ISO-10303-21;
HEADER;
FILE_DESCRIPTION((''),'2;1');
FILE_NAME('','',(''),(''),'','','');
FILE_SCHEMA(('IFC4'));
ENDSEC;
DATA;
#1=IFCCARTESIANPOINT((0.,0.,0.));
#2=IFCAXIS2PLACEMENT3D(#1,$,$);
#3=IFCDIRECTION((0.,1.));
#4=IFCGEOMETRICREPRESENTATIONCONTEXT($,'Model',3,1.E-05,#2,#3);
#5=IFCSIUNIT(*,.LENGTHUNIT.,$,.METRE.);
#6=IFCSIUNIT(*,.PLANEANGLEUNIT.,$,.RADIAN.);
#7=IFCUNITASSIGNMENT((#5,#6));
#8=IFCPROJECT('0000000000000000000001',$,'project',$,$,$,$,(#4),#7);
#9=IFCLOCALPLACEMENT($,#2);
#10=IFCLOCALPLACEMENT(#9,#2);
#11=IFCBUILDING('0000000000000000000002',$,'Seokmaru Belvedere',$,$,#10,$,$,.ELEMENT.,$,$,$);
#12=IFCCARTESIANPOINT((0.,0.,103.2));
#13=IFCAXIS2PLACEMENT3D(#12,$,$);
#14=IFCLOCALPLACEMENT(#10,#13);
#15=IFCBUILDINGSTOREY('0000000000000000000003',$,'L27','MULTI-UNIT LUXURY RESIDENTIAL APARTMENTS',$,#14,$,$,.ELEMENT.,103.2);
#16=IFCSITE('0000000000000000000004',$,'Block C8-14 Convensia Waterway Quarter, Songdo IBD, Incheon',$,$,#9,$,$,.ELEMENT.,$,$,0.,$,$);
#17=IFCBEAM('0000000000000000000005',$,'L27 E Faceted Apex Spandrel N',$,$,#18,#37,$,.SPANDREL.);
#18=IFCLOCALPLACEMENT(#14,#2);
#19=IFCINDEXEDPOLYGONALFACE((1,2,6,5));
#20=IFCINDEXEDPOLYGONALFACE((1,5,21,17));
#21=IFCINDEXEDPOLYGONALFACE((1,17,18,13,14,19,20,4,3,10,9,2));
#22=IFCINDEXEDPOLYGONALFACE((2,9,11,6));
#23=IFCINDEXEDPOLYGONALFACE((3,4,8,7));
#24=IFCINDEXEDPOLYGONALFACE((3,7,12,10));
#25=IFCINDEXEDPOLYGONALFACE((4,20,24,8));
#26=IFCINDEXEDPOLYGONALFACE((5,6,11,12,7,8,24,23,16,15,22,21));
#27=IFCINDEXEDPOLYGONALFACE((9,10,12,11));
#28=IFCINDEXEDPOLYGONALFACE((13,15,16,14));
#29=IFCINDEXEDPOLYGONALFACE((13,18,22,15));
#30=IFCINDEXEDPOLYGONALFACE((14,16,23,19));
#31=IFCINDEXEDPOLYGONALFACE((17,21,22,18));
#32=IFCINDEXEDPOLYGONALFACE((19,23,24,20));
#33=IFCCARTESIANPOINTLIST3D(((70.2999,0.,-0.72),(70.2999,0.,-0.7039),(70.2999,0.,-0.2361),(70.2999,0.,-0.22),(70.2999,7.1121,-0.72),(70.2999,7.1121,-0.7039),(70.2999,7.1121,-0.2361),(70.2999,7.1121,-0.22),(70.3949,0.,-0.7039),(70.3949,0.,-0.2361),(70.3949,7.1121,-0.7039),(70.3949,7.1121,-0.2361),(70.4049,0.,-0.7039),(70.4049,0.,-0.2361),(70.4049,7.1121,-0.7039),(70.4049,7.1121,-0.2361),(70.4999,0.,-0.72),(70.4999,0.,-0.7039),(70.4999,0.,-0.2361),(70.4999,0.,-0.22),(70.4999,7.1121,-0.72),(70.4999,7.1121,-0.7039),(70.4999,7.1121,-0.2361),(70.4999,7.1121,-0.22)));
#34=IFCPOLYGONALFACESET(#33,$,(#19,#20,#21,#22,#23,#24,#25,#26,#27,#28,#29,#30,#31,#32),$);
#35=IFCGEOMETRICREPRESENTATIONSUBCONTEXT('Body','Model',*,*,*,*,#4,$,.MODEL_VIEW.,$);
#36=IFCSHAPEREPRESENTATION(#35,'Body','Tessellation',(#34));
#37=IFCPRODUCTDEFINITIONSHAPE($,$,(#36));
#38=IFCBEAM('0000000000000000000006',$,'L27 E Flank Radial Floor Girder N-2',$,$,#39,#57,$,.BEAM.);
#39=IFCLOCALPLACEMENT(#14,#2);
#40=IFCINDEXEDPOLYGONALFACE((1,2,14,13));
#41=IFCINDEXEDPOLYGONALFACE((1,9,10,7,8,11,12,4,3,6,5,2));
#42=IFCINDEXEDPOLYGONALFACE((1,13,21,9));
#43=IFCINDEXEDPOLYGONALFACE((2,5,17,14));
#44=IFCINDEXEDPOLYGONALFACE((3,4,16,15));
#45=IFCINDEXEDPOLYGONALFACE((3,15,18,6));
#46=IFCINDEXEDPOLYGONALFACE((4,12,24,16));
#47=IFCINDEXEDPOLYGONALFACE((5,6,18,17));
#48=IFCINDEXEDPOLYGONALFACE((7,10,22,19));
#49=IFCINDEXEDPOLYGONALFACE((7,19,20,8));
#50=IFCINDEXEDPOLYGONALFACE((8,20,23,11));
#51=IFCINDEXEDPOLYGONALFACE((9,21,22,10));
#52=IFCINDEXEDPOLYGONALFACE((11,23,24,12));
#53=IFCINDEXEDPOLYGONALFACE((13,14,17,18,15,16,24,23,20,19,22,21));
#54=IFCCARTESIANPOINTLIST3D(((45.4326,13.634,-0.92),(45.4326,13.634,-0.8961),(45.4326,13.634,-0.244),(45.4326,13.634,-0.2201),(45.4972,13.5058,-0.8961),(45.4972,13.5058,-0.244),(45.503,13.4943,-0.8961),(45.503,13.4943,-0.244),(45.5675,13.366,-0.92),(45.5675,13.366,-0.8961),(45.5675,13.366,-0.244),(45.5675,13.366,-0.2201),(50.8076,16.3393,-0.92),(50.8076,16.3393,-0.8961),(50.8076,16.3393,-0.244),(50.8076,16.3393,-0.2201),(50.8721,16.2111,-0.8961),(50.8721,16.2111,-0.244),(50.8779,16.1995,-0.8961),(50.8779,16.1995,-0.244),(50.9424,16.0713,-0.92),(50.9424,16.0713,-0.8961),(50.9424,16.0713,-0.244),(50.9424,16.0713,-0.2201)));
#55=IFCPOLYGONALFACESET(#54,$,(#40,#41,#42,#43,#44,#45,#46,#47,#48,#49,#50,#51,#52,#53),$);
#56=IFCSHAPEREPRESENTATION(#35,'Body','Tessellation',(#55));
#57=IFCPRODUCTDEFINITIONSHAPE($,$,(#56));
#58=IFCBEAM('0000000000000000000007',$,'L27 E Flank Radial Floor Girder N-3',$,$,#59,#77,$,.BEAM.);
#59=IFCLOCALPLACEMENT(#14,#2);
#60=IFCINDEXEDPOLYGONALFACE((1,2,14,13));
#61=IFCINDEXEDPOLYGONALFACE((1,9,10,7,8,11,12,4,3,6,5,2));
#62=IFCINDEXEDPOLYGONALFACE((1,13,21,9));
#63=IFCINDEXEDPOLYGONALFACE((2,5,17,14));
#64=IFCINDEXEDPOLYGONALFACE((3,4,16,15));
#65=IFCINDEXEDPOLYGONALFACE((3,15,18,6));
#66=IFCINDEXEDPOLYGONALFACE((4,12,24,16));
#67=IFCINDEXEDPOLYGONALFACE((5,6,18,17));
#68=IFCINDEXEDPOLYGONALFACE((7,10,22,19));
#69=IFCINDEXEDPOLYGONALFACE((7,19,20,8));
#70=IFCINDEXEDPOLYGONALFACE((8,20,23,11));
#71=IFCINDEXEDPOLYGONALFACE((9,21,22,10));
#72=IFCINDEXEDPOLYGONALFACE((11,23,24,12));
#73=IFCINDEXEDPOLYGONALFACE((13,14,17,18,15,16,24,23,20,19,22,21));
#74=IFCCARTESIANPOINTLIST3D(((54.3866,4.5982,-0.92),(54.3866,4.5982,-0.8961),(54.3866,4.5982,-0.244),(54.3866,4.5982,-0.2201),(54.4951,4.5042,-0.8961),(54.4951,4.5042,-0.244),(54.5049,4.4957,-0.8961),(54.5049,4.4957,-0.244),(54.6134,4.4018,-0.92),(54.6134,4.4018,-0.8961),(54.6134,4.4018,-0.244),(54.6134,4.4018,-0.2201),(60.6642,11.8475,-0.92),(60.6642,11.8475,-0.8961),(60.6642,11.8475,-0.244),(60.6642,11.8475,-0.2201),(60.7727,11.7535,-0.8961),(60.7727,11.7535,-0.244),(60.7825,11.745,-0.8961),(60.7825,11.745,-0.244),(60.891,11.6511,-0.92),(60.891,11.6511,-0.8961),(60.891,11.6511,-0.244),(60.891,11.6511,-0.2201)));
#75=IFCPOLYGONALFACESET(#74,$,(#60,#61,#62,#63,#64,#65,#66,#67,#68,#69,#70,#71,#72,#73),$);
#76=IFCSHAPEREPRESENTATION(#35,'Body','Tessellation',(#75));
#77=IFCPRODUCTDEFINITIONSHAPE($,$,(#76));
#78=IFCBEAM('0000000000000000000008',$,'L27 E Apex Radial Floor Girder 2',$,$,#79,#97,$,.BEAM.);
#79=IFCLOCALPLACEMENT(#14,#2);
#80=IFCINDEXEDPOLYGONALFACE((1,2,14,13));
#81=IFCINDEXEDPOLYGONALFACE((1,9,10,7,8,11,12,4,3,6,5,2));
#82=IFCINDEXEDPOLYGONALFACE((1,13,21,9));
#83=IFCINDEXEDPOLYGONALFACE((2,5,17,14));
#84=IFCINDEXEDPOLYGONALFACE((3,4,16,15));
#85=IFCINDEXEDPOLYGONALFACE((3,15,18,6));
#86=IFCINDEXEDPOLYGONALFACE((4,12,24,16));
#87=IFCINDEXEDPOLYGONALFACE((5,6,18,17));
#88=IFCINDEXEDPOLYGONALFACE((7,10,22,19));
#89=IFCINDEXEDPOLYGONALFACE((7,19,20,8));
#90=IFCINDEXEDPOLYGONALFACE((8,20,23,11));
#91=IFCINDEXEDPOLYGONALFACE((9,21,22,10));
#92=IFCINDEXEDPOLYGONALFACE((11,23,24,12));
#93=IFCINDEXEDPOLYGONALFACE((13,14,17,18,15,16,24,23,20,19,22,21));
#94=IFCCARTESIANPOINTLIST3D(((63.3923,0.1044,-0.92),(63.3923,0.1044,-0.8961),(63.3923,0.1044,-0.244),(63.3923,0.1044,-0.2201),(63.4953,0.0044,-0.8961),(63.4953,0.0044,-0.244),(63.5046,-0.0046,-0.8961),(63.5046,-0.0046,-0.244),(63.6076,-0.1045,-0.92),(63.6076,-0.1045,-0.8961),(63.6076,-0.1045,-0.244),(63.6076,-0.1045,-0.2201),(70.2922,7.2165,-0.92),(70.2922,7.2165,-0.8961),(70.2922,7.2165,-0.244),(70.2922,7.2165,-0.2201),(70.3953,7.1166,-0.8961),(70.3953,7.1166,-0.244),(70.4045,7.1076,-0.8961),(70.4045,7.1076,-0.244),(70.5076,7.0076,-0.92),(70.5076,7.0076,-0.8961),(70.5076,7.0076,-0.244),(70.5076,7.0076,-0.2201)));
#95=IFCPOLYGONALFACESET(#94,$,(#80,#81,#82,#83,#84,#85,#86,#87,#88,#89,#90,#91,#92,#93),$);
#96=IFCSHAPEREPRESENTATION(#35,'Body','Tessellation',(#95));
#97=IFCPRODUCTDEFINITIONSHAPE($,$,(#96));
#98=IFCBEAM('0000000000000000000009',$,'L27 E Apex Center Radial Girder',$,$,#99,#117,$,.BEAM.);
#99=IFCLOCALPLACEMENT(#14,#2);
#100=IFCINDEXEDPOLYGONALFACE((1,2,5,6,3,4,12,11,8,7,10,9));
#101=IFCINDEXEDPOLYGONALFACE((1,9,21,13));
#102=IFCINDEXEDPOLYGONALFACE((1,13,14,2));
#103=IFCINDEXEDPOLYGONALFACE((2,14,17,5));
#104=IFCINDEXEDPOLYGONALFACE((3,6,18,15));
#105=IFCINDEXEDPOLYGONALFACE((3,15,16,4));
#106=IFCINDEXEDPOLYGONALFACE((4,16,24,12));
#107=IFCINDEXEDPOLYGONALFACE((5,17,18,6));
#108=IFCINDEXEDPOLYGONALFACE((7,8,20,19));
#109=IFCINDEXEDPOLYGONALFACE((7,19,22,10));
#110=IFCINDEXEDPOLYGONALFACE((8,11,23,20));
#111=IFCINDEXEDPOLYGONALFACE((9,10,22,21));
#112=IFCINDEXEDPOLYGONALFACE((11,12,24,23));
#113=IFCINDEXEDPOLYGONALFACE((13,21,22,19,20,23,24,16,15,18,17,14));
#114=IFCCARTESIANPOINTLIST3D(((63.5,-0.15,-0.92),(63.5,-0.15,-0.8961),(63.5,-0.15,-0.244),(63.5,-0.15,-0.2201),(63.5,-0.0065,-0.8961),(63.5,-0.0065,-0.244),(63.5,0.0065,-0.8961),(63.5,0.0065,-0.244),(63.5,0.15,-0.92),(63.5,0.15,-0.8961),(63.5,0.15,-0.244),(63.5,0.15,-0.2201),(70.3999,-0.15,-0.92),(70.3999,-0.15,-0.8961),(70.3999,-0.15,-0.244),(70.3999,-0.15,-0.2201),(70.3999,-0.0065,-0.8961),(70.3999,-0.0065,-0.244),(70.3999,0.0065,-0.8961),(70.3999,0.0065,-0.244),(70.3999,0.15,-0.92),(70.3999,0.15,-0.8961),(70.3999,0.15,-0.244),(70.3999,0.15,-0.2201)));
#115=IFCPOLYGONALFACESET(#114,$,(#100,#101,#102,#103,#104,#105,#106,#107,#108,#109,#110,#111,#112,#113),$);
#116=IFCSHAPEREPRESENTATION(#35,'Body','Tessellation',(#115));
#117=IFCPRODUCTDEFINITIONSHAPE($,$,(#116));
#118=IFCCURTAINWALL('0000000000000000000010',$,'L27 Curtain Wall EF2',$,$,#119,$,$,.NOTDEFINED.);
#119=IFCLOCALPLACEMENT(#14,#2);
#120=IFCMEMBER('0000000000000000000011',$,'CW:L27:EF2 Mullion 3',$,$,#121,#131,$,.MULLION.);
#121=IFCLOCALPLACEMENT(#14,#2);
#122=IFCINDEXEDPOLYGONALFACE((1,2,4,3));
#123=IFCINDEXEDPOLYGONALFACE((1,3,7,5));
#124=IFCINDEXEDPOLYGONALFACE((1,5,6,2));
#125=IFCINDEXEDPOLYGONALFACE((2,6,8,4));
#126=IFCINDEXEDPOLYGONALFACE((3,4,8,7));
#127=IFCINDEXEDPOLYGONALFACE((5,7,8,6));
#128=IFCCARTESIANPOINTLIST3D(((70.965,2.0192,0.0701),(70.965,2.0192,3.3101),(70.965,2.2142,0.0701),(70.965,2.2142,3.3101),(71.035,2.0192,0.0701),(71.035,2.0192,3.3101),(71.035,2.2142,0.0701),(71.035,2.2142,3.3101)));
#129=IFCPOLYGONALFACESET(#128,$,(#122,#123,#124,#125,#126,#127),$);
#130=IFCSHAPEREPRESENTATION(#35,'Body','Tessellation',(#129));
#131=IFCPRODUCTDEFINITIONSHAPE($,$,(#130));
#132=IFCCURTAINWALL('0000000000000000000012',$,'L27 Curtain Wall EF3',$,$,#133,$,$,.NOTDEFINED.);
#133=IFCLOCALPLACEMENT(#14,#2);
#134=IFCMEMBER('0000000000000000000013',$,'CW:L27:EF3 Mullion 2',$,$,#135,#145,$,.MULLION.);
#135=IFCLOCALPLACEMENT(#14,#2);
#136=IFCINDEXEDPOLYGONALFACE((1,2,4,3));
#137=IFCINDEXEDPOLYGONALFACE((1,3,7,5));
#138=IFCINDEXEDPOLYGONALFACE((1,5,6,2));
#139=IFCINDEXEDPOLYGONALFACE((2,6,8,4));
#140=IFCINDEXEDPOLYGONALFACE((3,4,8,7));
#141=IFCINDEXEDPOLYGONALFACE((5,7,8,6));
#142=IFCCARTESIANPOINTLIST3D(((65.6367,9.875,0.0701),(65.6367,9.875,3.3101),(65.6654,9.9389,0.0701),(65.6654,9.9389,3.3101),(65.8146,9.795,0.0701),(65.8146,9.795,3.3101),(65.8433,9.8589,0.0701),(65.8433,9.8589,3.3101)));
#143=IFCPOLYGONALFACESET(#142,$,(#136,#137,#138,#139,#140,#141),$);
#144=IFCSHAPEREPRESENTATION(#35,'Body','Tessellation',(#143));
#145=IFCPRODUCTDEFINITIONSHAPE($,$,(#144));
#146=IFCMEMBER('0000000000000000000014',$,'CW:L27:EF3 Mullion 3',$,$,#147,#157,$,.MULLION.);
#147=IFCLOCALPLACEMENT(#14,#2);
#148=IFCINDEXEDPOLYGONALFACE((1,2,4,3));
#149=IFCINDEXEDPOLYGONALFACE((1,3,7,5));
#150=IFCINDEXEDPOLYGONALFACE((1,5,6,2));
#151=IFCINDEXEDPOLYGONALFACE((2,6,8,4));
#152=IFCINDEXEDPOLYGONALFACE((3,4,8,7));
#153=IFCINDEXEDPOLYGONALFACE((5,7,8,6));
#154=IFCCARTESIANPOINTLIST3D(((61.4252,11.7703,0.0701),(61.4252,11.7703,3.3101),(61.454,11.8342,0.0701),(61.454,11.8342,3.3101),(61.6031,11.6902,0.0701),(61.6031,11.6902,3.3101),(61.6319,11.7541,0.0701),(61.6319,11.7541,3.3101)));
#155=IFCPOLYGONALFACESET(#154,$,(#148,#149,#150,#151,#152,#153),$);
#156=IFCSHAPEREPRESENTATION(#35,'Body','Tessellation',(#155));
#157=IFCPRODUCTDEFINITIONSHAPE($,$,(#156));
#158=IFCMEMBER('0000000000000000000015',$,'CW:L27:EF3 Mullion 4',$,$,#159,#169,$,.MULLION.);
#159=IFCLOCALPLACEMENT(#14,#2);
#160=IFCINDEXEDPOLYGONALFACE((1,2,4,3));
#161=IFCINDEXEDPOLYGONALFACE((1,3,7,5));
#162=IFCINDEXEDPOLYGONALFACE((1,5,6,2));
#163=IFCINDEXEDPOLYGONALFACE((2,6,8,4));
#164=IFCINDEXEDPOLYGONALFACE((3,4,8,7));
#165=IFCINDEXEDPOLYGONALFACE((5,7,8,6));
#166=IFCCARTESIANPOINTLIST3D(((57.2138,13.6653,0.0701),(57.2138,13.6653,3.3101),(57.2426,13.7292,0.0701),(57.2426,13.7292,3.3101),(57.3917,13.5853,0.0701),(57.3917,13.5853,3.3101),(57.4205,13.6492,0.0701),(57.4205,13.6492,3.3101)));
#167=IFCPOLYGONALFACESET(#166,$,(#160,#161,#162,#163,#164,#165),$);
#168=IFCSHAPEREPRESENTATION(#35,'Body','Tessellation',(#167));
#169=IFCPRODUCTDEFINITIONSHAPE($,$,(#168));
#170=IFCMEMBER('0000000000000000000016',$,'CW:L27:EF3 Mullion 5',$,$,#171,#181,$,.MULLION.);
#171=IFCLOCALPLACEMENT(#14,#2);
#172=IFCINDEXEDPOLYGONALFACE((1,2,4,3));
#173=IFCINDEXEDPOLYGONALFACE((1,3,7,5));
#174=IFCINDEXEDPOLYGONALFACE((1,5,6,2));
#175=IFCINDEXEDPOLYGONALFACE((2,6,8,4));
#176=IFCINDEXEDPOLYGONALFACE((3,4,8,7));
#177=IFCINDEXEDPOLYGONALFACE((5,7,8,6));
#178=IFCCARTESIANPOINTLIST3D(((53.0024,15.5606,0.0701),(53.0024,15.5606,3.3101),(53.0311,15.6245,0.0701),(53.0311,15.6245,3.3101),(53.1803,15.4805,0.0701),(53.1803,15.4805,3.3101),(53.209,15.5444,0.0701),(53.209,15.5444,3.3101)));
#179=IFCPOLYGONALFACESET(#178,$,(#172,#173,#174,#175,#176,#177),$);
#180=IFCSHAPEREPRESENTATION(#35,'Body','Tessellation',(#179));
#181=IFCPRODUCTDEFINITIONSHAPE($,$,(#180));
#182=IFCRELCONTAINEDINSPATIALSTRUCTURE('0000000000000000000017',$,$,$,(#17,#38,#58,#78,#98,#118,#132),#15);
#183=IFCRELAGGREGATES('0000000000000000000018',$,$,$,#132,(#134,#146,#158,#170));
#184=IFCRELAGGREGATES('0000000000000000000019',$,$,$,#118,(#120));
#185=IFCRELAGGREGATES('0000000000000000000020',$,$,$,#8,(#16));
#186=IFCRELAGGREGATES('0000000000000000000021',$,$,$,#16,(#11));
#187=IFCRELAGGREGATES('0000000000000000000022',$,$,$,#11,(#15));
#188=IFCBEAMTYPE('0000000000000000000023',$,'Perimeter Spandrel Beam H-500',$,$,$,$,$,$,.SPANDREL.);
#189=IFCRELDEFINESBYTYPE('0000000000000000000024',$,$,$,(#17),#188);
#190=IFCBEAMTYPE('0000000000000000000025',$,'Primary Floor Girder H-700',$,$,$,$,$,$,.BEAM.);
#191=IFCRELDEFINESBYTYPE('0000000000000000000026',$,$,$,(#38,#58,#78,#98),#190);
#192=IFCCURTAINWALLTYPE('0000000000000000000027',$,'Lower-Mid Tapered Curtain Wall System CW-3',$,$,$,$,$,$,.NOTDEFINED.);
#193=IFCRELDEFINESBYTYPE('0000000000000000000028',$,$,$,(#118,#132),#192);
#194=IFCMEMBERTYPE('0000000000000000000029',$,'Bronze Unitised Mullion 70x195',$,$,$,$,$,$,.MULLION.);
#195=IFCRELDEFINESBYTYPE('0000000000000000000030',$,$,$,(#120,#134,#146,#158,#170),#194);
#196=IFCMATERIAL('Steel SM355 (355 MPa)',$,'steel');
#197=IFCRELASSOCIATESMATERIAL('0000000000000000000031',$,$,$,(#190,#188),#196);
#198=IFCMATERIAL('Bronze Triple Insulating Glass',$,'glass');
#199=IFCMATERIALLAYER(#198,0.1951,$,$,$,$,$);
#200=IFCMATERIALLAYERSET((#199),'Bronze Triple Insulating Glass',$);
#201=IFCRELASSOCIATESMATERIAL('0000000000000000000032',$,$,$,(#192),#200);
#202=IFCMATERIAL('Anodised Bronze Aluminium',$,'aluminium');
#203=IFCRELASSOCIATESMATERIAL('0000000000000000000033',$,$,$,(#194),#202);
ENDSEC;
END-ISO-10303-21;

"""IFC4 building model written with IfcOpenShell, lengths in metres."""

from ifc_helpers import new_model, si_unit, direction, frame, origin, origin_2d, place, context, subcontext, project, spatial, rectangle, i_section, extrude, source, transform, mapped, material, layer, layer_set, material_profile, profile_set, type_object, element, aggregate, save


model = new_model("IFC4")

# Units and contexts
model_context = context("Model", 3, precision=1e-05, world=origin(), true_north=direction((0.0, 1.0)))
body_context = subcontext(model_context, "Body", "Model", "MODEL_VIEW")
ifc_project = project(units=[si_unit("LENGTHUNIT", "METRE"), si_unit("PLANEANGLEUNIT", "RADIAN")], contexts=[model_context])

# Site, building, storey
site_placement = place(None, origin())
site = spatial("IfcSite", under=ifc_project, at=site_placement, Name="Block C8-14 Convensia Waterway Quarter, Songdo IBD, Incheon", CompositionType="ELEMENT", RefElevation=0.0)
building_placement = place(site_placement, origin())
building = spatial("IfcBuilding", under=site, at=building_placement, Name="Seokmaru Belvedere", CompositionType="ELEMENT")
storey_placement = place(building_placement, frame((0.0, 0.0, 103.2)))
storey = spatial("IfcBuildingStorey", under=building, at=storey_placement, Name="L27", Description="MULTI-UNIT LUXURY RESIDENTIAL APARTMENTS", CompositionType="ELEMENT", Elevation=103.2)

# Shared definitions
ifc_material_1 = material(Name="Steel SM355 (355 MPa)", Category="steel")

# Beams
ifc_material_profile_1 = material_profile(ifc_material_1, i_section(OverallWidth=0.3, OverallDepth=0.7, WebThickness=0.0129, FlangeThickness=0.0239, at=origin_2d()), Name="H-700x300x13x24")
ifc_profile_set_1 = profile_set([ifc_material_profile_1], Name="Steel SM355 (355 MPa)")
beam_type_1 = type_object("IfcBeamType", Name="Primary Floor Girder H-700", PredefinedType="BEAM", material=ifc_profile_set_1)
ifc_material_profile_2 = material_profile(ifc_material_1, i_section(OverallWidth=0.2, OverallDepth=0.5, WebThickness=0.01, FlangeThickness=0.0161, at=origin_2d()), Name="H-500x200x10x16")
ifc_profile_set_2 = profile_set([ifc_material_profile_2], Name="Steel SM355 (355 MPa)")
beam_type_2 = type_object("IfcBeamType", Name="Perimeter Spandrel Beam H-500", PredefinedType="SPANDREL", material=ifc_profile_set_2)
shared_shape_1 = source(origin(), body_context, "Body", "SweptSolid", [
    extrude(i_section(OverallWidth=0.2, OverallDepth=0.5, WebThickness=0.01, FlangeThickness=0.0161, at=origin_2d()), origin(), (0.0, 0.0, 1.0), 7.1121),
])
beam_1_placement = place(storey_placement, frame((70.3999, 0.0, -0.47), z_axis=(0.0, 1.0, 0.0), x_axis=(-1.0, 0.0, 0.0)))
element("IfcBeam", 1, at=beam_1_placement, inside=storey, type_object=beam_type_2, Name="L27 E Faceted Apex Spandrel N", PredefinedType="SPANDREL", context=body_context, shape_type="MappedRepresentation", body=[
    mapped(shared_shape_1, transform((0.0, 0.0, 0.0), scale=1.0)),
])
shared_shape_2 = source(origin(), body_context, "Body", "SweptSolid", [
    extrude(i_section(OverallWidth=0.3, OverallDepth=0.7, WebThickness=0.0129, FlangeThickness=0.0239, at=origin_2d()), origin(), (0.0, 0.0, 1.0), 6.0173),
])
beam_2_placement = place(storey_placement, frame((50.875, 16.2053, -0.5701), z_axis=(-0.893239, -0.449581, 0.0), x_axis=(0.449581, -0.893239, 0.0)))
element("IfcBeam", 2, at=beam_2_placement, inside=storey, type_object=beam_type_1, Name="L27 E Flank Radial Floor Girder N-2", PredefinedType="BEAM", context=body_context, shape_type="MappedRepresentation", body=[
    mapped(shared_shape_2, transform((0.0, 0.0, 0.0), scale=1.0)),
])
shared_shape_3 = source(origin(), body_context, "Body", "SweptSolid", [
    extrude(i_section(OverallWidth=0.3, OverallDepth=0.7, WebThickness=0.0129, FlangeThickness=0.0239, at=origin_2d()), origin(), (0.0, 0.0, 1.0), 9.5896),
])
beam_3_placement = place(storey_placement, frame((60.7776, 11.7493, -0.5701), z_axis=(-0.654626, -0.755953, 0.0), x_axis=(0.755953, -0.654626, 0.0)))
element("IfcBeam", 3, at=beam_3_placement, inside=storey, type_object=beam_type_1, Name="L27 E Flank Radial Floor Girder N-3", PredefinedType="BEAM", context=body_context, shape_type="MappedRepresentation", body=[
    mapped(shared_shape_3, transform((0.0, 0.0, 0.0), scale=1.0)),
])
shared_shape_4 = source(origin(), body_context, "Body", "SweptSolid", [
    extrude(i_section(OverallWidth=0.3, OverallDepth=0.7, WebThickness=0.0129, FlangeThickness=0.0239, at=origin_2d()), origin(), (0.0, 0.0, 1.0), 9.9092),
])
beam_4_placement = place(storey_placement, frame((70.3999, 7.1121, -0.5701), z_axis=(-0.696321, -0.717731, 0.0), x_axis=(0.717731, -0.696321, 0.0)))
element("IfcBeam", 4, at=beam_4_placement, inside=storey, type_object=beam_type_1, Name="L27 E Apex Radial Floor Girder 2", PredefinedType="BEAM", context=body_context, shape_type="MappedRepresentation", body=[
    mapped(shared_shape_4, transform((0.0, 0.0, 0.0), scale=1.0)),
])
shared_shape_5 = source(origin(), body_context, "Body", "SweptSolid", [
    extrude(i_section(OverallWidth=0.3, OverallDepth=0.7, WebThickness=0.0129, FlangeThickness=0.0239, at=origin_2d()), origin(), (0.0, 0.0, 1.0), 6.8999),
])
beam_5_placement = place(storey_placement, frame((70.3999, 0.0, -0.5701), z_axis=(-1.0, 0.0, 0.0), x_axis=(0.0, -1.0, 0.0)))
element("IfcBeam", 5, at=beam_5_placement, inside=storey, type_object=beam_type_1, Name="L27 E Apex Center Radial Girder", PredefinedType="BEAM", context=body_context, shape_type="MappedRepresentation", body=[
    mapped(shared_shape_5, transform((0.0, 0.0, 0.0), scale=1.0)),
])

# Curtain wall, member
ifc_material_2 = material(Name="Bronze Triple Insulating Glass", Category="glass")
ifc_layer_1 = layer(ifc_material_2, 0.1951)
ifc_layer_set_1 = layer_set([ifc_layer_1], Name="Bronze Triple Insulating Glass")
curtain_wall_type = type_object("IfcCurtainWallType", Name="Lower-Mid Tapered Curtain Wall System CW-3", PredefinedType="NOTDEFINED", material=ifc_layer_set_1)
curtain_wall_1_placement = place(storey_placement, origin())
curtain_wall_1 = element("IfcCurtainWall", 6, at=curtain_wall_1_placement, inside=storey, type_object=curtain_wall_type, Name="L27 Curtain Wall EF2", PredefinedType="NOTDEFINED")
ifc_material_3 = material(Name="Anodised Bronze Aluminium", Category="aluminium")
ifc_material_profile_3 = material_profile(ifc_material_3, rectangle(XDim=0.0701, YDim=0.1951, at=origin_2d()), Name="CW-M-70x195")
ifc_profile_set_3 = profile_set([ifc_material_profile_3], Name="Anodised Bronze Aluminium")
member_type_1 = type_object("IfcMemberType", Name="Bronze Unitised Mullion 70x195", PredefinedType="MULLION", material=ifc_profile_set_3)
shared_shape_6 = source(origin(), body_context, "Body", "SweptSolid", [
    extrude(rectangle(XDim=0.0701, YDim=0.1951, at=origin_2d()), origin(), (0.0, 0.0, 1.0), 3.24),
])
member_1_placement = place(storey_placement, frame((71.0, 2.1167, 0.0701), z_axis=(0.0, 0.0, 1.0), x_axis=(-1.0, 0.0, 0.0)))
member_1 = element("IfcMember", 7, at=member_1_placement, type_object=member_type_1, Name="CW:L27:EF2 Mullion 3", PredefinedType="MULLION", context=body_context, shape_type="MappedRepresentation", body=[
    mapped(shared_shape_6, transform((0.0, 0.0, 0.0), scale=1.0)),
])

# Curtain wall, members
curtain_wall_2_placement = place(storey_placement, origin())
curtain_wall_2 = element("IfcCurtainWall", 8, at=curtain_wall_2_placement, inside=storey, type_object=curtain_wall_type, Name="L27 Curtain Wall EF3", PredefinedType="NOTDEFINED")
member_2_placement = place(storey_placement, frame((65.74, 9.8669, 0.0701), z_axis=(0.0, 0.0, 1.0), x_axis=(-0.410366, -0.911921, 0.0)))
member_2 = element("IfcMember", 9, at=member_2_placement, type_object=member_type_1, Name="CW:L27:EF3 Mullion 2", PredefinedType="MULLION", context=body_context, shape_type="MappedRepresentation", body=[
    mapped(shared_shape_6, transform((0.0, 0.0, 0.0), scale=1.0)),
])
member_3_placement = place(storey_placement, frame((61.5286, 11.7622, 0.0701), z_axis=(0.0, 0.0, 1.0), x_axis=(-0.410366, -0.911921, 0.0)))
member_3 = element("IfcMember", 10, at=member_3_placement, type_object=member_type_1, Name="CW:L27:EF3 Mullion 3", PredefinedType="MULLION", context=body_context, shape_type="MappedRepresentation", body=[
    mapped(shared_shape_6, transform((0.0, 0.0, 0.0), scale=1.0)),
])
member_4_placement = place(storey_placement, frame((57.3171, 13.6572, 0.0701), z_axis=(0.0, 0.0, 1.0), x_axis=(-0.410366, -0.911921, 0.0)))
member_4 = element("IfcMember", 11, at=member_4_placement, type_object=member_type_1, Name="CW:L27:EF3 Mullion 4", PredefinedType="MULLION", context=body_context, shape_type="MappedRepresentation", body=[
    mapped(shared_shape_6, transform((0.0, 0.0, 0.0), scale=1.0)),
])
member_5_placement = place(storey_placement, frame((53.1057, 15.5525, 0.0701), z_axis=(0.0, 0.0, 1.0), x_axis=(-0.410366, -0.911921, 0.0)))
member_5 = element("IfcMember", 12, at=member_5_placement, type_object=member_type_1, Name="CW:L27:EF3 Mullion 5", PredefinedType="MULLION", context=body_context, shape_type="MappedRepresentation", body=[
    mapped(shared_shape_6, transform((0.0, 0.0, 0.0), scale=1.0)),
])

aggregate(curtain_wall_2, [member_2, member_3, member_4, member_5])
aggregate(curtain_wall_1, [member_1])

save(model, "model.ifc")
